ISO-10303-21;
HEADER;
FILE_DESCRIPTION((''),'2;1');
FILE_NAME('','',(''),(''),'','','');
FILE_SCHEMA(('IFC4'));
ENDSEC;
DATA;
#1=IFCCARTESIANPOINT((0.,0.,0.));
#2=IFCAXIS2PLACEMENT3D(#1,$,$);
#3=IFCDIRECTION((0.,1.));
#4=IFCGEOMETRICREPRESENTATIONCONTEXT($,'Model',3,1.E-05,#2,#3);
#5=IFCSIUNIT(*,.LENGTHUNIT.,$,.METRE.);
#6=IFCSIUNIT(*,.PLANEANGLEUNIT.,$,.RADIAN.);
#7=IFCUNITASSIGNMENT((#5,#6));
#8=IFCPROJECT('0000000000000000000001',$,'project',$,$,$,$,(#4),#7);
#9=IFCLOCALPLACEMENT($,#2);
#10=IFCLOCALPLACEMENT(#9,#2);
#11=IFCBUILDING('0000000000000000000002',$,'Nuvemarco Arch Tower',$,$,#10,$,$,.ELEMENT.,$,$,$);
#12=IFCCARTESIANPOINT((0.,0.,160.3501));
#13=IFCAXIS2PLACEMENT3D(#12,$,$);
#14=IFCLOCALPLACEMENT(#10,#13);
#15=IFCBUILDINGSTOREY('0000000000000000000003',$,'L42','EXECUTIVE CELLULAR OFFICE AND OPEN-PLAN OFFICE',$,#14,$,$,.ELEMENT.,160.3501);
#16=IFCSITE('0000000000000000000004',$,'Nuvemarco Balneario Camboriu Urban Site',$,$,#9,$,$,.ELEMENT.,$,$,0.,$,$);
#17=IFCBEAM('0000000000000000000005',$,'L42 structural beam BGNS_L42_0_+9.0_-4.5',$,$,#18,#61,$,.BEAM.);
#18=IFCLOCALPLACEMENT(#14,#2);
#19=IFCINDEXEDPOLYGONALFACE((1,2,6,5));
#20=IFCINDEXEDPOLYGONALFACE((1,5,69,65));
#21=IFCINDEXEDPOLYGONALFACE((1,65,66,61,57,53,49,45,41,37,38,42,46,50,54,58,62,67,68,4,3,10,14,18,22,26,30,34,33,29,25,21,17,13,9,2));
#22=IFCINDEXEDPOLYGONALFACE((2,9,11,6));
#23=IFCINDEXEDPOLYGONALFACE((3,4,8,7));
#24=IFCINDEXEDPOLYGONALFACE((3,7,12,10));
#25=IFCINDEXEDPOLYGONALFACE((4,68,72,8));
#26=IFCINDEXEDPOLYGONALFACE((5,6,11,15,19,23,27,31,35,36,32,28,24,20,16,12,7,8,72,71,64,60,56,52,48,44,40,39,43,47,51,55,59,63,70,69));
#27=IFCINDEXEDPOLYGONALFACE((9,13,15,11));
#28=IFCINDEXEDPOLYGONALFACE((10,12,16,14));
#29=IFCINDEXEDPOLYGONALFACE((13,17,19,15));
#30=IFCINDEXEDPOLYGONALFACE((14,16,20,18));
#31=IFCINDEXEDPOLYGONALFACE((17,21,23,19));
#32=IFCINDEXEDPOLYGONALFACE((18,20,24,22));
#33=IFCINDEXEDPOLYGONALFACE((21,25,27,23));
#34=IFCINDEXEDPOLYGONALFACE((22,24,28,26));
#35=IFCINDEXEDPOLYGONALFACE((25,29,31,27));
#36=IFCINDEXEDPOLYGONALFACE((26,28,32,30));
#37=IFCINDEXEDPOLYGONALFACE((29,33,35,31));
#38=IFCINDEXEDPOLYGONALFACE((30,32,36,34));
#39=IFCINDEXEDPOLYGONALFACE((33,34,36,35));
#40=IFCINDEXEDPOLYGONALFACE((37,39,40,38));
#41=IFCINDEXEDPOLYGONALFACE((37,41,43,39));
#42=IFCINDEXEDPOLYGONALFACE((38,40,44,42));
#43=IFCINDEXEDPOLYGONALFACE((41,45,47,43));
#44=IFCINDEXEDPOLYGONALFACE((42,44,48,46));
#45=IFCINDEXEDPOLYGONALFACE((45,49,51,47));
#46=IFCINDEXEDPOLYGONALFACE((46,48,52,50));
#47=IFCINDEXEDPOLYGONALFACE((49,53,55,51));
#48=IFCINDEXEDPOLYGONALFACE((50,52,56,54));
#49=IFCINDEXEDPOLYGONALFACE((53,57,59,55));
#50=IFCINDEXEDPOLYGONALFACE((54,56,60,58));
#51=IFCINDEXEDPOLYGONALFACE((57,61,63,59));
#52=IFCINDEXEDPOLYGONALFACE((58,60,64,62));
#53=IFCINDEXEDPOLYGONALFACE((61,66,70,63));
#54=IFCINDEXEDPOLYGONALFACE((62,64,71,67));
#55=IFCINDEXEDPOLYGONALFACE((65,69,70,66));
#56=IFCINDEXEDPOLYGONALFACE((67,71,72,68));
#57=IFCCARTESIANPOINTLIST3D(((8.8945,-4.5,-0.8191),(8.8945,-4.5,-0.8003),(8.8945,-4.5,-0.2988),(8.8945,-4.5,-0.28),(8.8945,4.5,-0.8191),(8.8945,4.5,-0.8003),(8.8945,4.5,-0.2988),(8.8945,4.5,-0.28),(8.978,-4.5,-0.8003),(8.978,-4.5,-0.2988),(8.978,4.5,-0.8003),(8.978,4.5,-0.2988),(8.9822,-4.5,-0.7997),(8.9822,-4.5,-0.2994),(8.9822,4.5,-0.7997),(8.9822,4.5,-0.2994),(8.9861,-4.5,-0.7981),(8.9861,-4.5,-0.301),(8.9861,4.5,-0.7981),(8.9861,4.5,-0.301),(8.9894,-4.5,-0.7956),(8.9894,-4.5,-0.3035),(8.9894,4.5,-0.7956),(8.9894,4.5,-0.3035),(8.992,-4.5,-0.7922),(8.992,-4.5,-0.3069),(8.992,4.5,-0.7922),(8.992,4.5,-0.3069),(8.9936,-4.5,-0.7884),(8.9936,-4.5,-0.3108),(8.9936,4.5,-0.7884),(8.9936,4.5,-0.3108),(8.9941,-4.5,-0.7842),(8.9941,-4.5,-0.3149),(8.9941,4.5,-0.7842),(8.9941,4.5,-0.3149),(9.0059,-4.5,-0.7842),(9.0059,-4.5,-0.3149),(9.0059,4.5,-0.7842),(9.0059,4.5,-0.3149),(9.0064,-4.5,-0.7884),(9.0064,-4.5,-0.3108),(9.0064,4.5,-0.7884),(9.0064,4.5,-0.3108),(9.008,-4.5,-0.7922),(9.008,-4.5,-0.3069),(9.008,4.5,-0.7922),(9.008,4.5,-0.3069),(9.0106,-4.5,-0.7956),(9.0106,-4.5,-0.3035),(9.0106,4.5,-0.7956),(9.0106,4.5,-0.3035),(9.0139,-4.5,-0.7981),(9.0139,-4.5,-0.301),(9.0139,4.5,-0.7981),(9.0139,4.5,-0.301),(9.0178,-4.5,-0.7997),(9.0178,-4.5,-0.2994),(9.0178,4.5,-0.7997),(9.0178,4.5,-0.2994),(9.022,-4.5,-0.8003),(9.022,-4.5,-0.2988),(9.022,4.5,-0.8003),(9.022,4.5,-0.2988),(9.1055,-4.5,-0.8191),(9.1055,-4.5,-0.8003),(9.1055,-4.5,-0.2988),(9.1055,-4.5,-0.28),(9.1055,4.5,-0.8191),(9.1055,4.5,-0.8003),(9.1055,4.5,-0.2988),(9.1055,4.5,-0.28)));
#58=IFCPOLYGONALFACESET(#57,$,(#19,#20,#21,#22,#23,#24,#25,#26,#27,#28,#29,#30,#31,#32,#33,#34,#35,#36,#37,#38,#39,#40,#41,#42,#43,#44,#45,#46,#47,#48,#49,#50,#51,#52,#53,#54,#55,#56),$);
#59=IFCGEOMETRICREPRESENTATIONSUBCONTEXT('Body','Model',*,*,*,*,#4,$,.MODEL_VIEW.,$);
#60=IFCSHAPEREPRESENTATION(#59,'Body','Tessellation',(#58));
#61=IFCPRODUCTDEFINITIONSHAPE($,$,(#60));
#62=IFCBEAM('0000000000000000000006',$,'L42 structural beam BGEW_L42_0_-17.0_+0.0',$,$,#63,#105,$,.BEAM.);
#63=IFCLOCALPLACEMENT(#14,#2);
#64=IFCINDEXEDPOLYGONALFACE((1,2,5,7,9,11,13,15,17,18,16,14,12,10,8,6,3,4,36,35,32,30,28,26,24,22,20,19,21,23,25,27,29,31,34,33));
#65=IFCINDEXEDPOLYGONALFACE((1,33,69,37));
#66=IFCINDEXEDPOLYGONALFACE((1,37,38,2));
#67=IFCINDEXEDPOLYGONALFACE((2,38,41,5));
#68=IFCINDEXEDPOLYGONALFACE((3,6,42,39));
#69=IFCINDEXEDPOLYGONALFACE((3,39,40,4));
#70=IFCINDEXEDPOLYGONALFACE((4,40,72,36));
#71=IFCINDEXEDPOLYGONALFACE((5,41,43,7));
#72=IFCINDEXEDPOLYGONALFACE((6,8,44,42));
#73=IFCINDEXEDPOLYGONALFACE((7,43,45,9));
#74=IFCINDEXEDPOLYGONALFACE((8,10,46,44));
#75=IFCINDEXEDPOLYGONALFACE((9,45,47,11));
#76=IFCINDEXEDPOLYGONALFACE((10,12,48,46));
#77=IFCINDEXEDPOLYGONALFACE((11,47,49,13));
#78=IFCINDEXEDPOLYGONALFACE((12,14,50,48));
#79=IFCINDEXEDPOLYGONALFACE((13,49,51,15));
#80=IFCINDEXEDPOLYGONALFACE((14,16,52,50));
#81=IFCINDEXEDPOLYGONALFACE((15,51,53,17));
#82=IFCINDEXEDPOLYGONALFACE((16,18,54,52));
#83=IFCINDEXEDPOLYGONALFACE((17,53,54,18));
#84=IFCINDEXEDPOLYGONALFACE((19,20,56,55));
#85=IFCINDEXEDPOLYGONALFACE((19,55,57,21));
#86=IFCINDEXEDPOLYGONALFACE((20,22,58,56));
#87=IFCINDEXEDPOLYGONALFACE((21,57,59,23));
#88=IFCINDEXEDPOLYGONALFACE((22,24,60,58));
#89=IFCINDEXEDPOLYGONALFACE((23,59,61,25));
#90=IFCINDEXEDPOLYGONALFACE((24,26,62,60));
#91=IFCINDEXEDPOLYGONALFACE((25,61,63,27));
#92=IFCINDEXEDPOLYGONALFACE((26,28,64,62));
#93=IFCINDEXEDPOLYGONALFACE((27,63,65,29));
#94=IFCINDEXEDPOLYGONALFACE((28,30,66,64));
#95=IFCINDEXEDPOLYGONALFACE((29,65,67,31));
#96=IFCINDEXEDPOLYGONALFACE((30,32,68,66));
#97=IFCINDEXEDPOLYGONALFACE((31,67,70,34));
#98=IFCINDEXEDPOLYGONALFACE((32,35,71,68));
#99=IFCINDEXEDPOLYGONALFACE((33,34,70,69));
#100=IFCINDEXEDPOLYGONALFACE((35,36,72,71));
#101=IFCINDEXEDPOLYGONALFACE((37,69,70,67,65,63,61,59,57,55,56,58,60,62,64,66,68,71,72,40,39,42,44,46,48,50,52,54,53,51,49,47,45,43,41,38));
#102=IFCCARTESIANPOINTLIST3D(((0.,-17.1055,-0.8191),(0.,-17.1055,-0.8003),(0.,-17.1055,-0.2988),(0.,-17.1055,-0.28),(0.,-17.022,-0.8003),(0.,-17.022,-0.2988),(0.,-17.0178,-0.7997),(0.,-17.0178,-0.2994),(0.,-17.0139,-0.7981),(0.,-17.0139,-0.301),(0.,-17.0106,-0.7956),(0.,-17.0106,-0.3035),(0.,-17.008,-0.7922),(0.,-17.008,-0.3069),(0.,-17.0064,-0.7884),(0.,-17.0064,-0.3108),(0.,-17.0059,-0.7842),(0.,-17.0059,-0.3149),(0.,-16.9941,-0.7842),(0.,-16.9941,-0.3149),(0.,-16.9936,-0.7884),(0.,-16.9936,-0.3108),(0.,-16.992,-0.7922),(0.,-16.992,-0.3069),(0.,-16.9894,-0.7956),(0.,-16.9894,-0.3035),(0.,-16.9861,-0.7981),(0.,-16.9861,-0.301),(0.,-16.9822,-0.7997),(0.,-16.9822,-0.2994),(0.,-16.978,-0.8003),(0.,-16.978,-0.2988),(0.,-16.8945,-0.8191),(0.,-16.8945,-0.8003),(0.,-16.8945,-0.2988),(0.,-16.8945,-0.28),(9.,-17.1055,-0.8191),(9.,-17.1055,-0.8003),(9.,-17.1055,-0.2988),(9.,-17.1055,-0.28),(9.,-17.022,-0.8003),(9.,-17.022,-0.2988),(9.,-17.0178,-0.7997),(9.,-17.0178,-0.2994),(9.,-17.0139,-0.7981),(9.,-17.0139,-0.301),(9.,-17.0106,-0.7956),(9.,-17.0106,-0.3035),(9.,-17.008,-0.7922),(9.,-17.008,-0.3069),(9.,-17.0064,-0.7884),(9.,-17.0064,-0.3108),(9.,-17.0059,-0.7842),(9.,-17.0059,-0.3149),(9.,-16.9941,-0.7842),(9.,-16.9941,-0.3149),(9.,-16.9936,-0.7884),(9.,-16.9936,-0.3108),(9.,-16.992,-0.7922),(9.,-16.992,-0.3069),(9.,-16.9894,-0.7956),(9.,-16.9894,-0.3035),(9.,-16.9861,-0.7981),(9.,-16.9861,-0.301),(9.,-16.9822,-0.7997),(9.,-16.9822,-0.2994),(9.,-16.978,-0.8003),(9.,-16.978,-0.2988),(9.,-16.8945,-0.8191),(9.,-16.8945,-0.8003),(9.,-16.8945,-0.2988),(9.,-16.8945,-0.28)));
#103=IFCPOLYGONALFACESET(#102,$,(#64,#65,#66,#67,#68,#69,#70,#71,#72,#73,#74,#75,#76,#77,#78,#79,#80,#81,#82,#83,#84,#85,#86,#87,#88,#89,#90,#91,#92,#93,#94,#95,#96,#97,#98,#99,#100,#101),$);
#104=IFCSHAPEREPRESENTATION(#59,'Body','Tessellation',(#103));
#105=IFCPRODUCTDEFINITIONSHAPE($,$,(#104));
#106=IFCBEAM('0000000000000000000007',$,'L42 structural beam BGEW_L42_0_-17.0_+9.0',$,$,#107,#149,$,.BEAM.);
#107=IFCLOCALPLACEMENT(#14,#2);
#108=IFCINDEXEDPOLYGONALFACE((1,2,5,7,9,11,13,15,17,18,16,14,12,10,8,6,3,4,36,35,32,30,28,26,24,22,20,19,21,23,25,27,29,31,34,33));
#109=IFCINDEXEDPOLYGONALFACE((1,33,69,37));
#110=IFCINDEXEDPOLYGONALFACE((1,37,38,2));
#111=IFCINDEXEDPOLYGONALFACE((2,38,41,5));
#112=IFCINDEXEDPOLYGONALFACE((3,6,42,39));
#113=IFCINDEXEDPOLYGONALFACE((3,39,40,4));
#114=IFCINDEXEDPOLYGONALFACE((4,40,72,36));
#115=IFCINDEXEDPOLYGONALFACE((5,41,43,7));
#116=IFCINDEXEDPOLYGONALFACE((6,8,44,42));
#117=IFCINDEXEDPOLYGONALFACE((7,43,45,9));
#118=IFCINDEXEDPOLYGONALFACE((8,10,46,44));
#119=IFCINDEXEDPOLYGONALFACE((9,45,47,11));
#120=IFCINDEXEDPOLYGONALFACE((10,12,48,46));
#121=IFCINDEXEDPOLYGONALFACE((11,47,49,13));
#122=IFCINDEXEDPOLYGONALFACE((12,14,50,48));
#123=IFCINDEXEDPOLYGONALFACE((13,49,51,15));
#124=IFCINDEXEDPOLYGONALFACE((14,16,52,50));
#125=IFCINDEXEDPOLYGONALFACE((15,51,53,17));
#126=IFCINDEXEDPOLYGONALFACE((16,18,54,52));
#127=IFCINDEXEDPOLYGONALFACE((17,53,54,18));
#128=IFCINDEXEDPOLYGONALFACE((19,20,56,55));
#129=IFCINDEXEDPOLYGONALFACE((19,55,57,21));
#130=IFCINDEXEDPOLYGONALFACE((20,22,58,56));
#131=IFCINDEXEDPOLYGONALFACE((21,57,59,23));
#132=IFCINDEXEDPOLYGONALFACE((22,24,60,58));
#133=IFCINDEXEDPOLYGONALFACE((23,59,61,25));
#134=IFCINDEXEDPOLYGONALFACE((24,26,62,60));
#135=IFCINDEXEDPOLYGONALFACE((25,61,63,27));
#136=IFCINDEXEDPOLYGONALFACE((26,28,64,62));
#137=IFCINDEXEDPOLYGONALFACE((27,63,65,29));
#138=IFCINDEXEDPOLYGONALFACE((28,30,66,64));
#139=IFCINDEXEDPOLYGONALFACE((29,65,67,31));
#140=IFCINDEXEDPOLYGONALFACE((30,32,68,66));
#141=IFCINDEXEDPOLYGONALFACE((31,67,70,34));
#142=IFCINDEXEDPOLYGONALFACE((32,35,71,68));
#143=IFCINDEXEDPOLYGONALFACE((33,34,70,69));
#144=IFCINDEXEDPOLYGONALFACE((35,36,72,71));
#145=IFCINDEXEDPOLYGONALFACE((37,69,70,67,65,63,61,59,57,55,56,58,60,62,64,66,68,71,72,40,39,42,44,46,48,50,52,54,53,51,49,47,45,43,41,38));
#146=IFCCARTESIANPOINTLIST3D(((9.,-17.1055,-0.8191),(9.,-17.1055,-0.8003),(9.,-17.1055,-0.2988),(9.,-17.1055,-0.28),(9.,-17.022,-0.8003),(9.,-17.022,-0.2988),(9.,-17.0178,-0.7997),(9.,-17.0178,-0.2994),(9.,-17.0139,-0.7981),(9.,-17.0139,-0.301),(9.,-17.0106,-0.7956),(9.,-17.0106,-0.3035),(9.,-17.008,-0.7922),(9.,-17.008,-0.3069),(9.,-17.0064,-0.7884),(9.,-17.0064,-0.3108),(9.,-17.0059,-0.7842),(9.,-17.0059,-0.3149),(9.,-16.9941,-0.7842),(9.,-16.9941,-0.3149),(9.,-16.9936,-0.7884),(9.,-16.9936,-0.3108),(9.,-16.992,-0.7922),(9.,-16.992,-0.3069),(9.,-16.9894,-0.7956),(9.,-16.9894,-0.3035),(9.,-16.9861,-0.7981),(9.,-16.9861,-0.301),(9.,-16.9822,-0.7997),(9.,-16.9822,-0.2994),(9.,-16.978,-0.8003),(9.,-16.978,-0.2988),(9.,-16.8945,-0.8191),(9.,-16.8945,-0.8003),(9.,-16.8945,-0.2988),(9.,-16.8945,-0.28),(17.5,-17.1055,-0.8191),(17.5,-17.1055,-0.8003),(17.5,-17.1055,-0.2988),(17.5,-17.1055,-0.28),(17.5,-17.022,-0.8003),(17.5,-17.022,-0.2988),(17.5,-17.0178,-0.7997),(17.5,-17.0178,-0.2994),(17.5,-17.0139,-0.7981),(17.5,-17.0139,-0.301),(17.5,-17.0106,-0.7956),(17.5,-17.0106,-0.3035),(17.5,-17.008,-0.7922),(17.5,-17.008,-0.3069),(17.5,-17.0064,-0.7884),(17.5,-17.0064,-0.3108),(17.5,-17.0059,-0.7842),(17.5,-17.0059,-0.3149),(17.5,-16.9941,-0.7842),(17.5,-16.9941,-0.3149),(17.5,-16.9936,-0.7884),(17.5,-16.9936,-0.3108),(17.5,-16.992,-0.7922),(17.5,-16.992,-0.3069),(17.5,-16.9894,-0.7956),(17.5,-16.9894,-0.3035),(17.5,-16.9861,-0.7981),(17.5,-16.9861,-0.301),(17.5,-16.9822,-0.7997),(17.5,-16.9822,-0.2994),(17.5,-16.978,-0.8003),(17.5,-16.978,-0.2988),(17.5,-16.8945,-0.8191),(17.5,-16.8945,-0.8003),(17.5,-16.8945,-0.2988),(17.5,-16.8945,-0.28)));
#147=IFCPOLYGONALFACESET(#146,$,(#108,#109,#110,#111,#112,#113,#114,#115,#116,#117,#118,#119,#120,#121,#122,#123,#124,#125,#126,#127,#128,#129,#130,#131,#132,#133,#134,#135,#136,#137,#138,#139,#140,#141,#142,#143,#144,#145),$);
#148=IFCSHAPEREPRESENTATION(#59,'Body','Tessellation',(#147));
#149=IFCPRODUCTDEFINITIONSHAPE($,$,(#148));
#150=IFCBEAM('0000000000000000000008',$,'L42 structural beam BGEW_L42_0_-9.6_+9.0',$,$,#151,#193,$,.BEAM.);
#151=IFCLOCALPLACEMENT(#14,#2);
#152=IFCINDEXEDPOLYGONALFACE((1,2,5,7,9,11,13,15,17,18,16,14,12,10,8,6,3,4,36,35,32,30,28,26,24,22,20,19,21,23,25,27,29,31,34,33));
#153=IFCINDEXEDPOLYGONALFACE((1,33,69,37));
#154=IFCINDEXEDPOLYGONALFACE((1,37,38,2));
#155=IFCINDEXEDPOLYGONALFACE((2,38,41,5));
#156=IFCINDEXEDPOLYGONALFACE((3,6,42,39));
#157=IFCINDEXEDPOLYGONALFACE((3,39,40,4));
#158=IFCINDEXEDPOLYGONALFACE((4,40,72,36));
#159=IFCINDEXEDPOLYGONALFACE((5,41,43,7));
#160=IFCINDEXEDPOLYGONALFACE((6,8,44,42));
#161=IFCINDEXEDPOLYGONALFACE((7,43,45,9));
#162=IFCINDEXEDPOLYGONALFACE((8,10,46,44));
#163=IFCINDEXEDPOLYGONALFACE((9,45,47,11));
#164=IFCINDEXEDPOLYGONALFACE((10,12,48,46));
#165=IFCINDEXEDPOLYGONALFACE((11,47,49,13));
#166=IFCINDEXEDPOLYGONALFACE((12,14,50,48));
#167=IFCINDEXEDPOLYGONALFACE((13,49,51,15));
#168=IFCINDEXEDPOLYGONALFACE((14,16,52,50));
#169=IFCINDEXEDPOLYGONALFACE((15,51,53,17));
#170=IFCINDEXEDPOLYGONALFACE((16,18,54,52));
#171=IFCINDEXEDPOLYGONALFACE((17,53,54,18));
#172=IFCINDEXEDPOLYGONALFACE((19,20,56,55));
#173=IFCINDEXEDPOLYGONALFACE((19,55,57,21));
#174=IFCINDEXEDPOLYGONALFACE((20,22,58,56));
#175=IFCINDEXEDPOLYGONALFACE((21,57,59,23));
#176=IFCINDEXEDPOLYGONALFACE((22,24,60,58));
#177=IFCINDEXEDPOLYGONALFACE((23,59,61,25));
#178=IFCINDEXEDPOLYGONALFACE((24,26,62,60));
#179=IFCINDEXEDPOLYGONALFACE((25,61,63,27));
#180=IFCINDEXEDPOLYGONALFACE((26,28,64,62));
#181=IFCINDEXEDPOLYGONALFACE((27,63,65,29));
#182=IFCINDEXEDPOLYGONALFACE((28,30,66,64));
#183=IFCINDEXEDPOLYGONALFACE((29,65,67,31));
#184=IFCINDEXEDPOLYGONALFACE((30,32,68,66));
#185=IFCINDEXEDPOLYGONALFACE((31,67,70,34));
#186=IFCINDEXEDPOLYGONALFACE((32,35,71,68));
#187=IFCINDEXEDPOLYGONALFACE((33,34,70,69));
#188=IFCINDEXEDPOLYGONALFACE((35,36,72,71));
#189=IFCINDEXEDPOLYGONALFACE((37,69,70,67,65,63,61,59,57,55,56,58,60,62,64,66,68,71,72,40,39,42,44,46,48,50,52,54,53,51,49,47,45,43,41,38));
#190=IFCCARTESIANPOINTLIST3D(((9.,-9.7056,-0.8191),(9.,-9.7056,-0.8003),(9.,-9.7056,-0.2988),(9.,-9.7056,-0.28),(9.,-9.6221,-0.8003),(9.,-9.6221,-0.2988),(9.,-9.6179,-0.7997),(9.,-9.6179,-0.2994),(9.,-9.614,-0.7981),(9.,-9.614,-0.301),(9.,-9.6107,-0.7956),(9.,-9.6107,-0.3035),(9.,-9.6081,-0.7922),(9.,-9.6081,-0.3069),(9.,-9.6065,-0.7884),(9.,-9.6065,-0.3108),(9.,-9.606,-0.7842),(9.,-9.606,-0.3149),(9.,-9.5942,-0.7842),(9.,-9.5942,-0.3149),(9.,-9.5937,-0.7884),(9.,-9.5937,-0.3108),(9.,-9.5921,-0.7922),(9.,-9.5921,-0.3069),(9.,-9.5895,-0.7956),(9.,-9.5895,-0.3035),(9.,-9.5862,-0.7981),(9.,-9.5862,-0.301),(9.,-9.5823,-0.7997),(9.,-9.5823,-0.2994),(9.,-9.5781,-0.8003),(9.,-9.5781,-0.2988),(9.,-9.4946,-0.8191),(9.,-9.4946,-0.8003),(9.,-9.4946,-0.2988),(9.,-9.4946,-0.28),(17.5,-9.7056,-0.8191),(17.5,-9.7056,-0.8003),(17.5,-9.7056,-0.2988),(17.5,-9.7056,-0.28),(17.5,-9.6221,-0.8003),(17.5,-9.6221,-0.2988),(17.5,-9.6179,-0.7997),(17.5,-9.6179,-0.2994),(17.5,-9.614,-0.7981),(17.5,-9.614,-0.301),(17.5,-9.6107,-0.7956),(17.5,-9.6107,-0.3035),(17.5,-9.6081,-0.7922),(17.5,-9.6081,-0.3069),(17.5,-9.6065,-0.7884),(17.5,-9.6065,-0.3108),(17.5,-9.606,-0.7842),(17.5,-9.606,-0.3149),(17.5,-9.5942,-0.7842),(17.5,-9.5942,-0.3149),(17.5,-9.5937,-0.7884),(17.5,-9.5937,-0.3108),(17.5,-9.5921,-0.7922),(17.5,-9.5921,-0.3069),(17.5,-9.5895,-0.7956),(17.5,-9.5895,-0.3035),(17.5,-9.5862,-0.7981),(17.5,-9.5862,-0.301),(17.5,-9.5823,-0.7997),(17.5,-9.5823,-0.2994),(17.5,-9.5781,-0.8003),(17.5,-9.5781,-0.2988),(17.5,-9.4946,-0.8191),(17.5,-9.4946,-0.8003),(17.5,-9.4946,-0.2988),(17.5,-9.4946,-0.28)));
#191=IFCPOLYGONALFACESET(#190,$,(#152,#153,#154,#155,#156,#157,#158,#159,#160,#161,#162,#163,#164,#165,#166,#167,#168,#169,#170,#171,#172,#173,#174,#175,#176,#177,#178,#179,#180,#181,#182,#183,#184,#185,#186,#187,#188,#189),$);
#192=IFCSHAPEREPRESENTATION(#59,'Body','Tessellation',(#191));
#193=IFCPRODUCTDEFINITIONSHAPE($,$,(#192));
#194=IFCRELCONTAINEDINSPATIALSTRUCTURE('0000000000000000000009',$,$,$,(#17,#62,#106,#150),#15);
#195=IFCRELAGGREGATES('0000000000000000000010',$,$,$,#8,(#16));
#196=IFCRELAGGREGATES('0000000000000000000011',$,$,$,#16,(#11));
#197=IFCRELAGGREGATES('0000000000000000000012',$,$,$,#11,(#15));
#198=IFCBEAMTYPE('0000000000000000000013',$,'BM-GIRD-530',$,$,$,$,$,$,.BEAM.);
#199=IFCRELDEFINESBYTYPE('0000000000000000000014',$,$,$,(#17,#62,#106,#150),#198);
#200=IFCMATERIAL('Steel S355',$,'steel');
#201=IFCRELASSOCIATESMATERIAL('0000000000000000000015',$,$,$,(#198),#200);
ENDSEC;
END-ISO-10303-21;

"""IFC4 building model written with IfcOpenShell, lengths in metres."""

from ifc_helpers import new_model, si_unit, direction, frame, origin, origin_2d, place, context, subcontext, project, spatial, i_section, extrude, material, material_profile, profile_set, type_object, element, save


model = new_model("IFC4")

# Units and contexts
model_context = context("Model", 3, precision=1e-05, world=origin(), true_north=direction((0.0, 1.0)))
body_context = subcontext(model_context, "Body", "Model", "MODEL_VIEW")
ifc_project = project(units=[si_unit("LENGTHUNIT", "METRE"), si_unit("PLANEANGLEUNIT", "RADIAN")], contexts=[model_context])

# Site, building, storey
site_placement = place(None, origin())
site = spatial("IfcSite", under=ifc_project, at=site_placement, Name="Nuvemarco Balneario Camboriu Urban Site", CompositionType="ELEMENT", RefElevation=0.0)
building_placement = place(site_placement, origin())
building = spatial("IfcBuilding", under=site, at=building_placement, Name="Nuvemarco Arch Tower", CompositionType="ELEMENT")
storey_placement = place(building_placement, frame((0.0, 0.0, 160.3501)))
storey = spatial("IfcBuildingStorey", under=building, at=storey_placement, Name="L42", Description="EXECUTIVE CELLULAR OFFICE AND OPEN-PLAN OFFICE", CompositionType="ELEMENT", Elevation=160.3501)

# Shared definitions
ifc_material_1 = material(Name="Steel S355", Category="steel")

# Beams
ifc_material_profile_1 = material_profile(ifc_material_1, i_section(OverallWidth=0.2109, OverallDepth=0.5391, WebThickness=0.0117, FlangeThickness=0.0188, FilletRadius=0.0161, at=origin_2d()), Name="W530x109")
ifc_profile_set_1 = profile_set([ifc_material_profile_1], Name="Steel S355")
beam_type_1 = type_object("IfcBeamType", Name="BM-GIRD-530", PredefinedType="BEAM", material=ifc_profile_set_1)
for number, where, z_axis, x_axis, name in (
    (1, (9.0, -4.5, -0.5496), (0.0, 1.0, 0.0), (-1.0, 0.0, 0.0), "L42 structural beam BGNS_L42_0_+9.0_-4.5"),
    (2, (0.0, -17.0, -0.5496), (1.0, 0.0, 0.0), (0.0, 1.0, 0.0), "L42 structural beam BGEW_L42_0_-17.0_+0.0"),
):
    element("IfcBeam", number, at=place(storey_placement, frame(where, z_axis=z_axis, x_axis=x_axis)), inside=storey, type_object=beam_type_1, Name=name, PredefinedType="BEAM", context=body_context, shape_type="SweptSolid", body=[
        extrude(i_section(OverallWidth=0.2109, OverallDepth=0.5391, WebThickness=0.0117, FlangeThickness=0.0188, FilletRadius=0.0161, at=origin_2d()), origin(), (0.0, 0.0, 1.0), 9.0),
    ])
for number, where, z_axis, x_axis, name in (
    (3, (9.0, -17.0, -0.5496), (1.0, 0.0, 0.0), (0.0, 1.0, 0.0), "L42 structural beam BGEW_L42_0_-17.0_+9.0"),
    (4, (9.0, -9.6001, -0.5496), (1.0, 0.0, 0.0), (0.0, 1.0, 0.0), "L42 structural beam BGEW_L42_0_-9.6_+9.0"),
):
    element("IfcBeam", number, at=place(storey_placement, frame(where, z_axis=z_axis, x_axis=x_axis)), inside=storey, type_object=beam_type_1, Name=name, PredefinedType="BEAM", context=body_context, shape_type="SweptSolid", body=[
        extrude(i_section(OverallWidth=0.2109, OverallDepth=0.5391, WebThickness=0.0117, FlangeThickness=0.0188, FilletRadius=0.0161, at=origin_2d()), origin(), (0.0, 0.0, 1.0), 8.5),
    ])

save(model, "model.ifc")
